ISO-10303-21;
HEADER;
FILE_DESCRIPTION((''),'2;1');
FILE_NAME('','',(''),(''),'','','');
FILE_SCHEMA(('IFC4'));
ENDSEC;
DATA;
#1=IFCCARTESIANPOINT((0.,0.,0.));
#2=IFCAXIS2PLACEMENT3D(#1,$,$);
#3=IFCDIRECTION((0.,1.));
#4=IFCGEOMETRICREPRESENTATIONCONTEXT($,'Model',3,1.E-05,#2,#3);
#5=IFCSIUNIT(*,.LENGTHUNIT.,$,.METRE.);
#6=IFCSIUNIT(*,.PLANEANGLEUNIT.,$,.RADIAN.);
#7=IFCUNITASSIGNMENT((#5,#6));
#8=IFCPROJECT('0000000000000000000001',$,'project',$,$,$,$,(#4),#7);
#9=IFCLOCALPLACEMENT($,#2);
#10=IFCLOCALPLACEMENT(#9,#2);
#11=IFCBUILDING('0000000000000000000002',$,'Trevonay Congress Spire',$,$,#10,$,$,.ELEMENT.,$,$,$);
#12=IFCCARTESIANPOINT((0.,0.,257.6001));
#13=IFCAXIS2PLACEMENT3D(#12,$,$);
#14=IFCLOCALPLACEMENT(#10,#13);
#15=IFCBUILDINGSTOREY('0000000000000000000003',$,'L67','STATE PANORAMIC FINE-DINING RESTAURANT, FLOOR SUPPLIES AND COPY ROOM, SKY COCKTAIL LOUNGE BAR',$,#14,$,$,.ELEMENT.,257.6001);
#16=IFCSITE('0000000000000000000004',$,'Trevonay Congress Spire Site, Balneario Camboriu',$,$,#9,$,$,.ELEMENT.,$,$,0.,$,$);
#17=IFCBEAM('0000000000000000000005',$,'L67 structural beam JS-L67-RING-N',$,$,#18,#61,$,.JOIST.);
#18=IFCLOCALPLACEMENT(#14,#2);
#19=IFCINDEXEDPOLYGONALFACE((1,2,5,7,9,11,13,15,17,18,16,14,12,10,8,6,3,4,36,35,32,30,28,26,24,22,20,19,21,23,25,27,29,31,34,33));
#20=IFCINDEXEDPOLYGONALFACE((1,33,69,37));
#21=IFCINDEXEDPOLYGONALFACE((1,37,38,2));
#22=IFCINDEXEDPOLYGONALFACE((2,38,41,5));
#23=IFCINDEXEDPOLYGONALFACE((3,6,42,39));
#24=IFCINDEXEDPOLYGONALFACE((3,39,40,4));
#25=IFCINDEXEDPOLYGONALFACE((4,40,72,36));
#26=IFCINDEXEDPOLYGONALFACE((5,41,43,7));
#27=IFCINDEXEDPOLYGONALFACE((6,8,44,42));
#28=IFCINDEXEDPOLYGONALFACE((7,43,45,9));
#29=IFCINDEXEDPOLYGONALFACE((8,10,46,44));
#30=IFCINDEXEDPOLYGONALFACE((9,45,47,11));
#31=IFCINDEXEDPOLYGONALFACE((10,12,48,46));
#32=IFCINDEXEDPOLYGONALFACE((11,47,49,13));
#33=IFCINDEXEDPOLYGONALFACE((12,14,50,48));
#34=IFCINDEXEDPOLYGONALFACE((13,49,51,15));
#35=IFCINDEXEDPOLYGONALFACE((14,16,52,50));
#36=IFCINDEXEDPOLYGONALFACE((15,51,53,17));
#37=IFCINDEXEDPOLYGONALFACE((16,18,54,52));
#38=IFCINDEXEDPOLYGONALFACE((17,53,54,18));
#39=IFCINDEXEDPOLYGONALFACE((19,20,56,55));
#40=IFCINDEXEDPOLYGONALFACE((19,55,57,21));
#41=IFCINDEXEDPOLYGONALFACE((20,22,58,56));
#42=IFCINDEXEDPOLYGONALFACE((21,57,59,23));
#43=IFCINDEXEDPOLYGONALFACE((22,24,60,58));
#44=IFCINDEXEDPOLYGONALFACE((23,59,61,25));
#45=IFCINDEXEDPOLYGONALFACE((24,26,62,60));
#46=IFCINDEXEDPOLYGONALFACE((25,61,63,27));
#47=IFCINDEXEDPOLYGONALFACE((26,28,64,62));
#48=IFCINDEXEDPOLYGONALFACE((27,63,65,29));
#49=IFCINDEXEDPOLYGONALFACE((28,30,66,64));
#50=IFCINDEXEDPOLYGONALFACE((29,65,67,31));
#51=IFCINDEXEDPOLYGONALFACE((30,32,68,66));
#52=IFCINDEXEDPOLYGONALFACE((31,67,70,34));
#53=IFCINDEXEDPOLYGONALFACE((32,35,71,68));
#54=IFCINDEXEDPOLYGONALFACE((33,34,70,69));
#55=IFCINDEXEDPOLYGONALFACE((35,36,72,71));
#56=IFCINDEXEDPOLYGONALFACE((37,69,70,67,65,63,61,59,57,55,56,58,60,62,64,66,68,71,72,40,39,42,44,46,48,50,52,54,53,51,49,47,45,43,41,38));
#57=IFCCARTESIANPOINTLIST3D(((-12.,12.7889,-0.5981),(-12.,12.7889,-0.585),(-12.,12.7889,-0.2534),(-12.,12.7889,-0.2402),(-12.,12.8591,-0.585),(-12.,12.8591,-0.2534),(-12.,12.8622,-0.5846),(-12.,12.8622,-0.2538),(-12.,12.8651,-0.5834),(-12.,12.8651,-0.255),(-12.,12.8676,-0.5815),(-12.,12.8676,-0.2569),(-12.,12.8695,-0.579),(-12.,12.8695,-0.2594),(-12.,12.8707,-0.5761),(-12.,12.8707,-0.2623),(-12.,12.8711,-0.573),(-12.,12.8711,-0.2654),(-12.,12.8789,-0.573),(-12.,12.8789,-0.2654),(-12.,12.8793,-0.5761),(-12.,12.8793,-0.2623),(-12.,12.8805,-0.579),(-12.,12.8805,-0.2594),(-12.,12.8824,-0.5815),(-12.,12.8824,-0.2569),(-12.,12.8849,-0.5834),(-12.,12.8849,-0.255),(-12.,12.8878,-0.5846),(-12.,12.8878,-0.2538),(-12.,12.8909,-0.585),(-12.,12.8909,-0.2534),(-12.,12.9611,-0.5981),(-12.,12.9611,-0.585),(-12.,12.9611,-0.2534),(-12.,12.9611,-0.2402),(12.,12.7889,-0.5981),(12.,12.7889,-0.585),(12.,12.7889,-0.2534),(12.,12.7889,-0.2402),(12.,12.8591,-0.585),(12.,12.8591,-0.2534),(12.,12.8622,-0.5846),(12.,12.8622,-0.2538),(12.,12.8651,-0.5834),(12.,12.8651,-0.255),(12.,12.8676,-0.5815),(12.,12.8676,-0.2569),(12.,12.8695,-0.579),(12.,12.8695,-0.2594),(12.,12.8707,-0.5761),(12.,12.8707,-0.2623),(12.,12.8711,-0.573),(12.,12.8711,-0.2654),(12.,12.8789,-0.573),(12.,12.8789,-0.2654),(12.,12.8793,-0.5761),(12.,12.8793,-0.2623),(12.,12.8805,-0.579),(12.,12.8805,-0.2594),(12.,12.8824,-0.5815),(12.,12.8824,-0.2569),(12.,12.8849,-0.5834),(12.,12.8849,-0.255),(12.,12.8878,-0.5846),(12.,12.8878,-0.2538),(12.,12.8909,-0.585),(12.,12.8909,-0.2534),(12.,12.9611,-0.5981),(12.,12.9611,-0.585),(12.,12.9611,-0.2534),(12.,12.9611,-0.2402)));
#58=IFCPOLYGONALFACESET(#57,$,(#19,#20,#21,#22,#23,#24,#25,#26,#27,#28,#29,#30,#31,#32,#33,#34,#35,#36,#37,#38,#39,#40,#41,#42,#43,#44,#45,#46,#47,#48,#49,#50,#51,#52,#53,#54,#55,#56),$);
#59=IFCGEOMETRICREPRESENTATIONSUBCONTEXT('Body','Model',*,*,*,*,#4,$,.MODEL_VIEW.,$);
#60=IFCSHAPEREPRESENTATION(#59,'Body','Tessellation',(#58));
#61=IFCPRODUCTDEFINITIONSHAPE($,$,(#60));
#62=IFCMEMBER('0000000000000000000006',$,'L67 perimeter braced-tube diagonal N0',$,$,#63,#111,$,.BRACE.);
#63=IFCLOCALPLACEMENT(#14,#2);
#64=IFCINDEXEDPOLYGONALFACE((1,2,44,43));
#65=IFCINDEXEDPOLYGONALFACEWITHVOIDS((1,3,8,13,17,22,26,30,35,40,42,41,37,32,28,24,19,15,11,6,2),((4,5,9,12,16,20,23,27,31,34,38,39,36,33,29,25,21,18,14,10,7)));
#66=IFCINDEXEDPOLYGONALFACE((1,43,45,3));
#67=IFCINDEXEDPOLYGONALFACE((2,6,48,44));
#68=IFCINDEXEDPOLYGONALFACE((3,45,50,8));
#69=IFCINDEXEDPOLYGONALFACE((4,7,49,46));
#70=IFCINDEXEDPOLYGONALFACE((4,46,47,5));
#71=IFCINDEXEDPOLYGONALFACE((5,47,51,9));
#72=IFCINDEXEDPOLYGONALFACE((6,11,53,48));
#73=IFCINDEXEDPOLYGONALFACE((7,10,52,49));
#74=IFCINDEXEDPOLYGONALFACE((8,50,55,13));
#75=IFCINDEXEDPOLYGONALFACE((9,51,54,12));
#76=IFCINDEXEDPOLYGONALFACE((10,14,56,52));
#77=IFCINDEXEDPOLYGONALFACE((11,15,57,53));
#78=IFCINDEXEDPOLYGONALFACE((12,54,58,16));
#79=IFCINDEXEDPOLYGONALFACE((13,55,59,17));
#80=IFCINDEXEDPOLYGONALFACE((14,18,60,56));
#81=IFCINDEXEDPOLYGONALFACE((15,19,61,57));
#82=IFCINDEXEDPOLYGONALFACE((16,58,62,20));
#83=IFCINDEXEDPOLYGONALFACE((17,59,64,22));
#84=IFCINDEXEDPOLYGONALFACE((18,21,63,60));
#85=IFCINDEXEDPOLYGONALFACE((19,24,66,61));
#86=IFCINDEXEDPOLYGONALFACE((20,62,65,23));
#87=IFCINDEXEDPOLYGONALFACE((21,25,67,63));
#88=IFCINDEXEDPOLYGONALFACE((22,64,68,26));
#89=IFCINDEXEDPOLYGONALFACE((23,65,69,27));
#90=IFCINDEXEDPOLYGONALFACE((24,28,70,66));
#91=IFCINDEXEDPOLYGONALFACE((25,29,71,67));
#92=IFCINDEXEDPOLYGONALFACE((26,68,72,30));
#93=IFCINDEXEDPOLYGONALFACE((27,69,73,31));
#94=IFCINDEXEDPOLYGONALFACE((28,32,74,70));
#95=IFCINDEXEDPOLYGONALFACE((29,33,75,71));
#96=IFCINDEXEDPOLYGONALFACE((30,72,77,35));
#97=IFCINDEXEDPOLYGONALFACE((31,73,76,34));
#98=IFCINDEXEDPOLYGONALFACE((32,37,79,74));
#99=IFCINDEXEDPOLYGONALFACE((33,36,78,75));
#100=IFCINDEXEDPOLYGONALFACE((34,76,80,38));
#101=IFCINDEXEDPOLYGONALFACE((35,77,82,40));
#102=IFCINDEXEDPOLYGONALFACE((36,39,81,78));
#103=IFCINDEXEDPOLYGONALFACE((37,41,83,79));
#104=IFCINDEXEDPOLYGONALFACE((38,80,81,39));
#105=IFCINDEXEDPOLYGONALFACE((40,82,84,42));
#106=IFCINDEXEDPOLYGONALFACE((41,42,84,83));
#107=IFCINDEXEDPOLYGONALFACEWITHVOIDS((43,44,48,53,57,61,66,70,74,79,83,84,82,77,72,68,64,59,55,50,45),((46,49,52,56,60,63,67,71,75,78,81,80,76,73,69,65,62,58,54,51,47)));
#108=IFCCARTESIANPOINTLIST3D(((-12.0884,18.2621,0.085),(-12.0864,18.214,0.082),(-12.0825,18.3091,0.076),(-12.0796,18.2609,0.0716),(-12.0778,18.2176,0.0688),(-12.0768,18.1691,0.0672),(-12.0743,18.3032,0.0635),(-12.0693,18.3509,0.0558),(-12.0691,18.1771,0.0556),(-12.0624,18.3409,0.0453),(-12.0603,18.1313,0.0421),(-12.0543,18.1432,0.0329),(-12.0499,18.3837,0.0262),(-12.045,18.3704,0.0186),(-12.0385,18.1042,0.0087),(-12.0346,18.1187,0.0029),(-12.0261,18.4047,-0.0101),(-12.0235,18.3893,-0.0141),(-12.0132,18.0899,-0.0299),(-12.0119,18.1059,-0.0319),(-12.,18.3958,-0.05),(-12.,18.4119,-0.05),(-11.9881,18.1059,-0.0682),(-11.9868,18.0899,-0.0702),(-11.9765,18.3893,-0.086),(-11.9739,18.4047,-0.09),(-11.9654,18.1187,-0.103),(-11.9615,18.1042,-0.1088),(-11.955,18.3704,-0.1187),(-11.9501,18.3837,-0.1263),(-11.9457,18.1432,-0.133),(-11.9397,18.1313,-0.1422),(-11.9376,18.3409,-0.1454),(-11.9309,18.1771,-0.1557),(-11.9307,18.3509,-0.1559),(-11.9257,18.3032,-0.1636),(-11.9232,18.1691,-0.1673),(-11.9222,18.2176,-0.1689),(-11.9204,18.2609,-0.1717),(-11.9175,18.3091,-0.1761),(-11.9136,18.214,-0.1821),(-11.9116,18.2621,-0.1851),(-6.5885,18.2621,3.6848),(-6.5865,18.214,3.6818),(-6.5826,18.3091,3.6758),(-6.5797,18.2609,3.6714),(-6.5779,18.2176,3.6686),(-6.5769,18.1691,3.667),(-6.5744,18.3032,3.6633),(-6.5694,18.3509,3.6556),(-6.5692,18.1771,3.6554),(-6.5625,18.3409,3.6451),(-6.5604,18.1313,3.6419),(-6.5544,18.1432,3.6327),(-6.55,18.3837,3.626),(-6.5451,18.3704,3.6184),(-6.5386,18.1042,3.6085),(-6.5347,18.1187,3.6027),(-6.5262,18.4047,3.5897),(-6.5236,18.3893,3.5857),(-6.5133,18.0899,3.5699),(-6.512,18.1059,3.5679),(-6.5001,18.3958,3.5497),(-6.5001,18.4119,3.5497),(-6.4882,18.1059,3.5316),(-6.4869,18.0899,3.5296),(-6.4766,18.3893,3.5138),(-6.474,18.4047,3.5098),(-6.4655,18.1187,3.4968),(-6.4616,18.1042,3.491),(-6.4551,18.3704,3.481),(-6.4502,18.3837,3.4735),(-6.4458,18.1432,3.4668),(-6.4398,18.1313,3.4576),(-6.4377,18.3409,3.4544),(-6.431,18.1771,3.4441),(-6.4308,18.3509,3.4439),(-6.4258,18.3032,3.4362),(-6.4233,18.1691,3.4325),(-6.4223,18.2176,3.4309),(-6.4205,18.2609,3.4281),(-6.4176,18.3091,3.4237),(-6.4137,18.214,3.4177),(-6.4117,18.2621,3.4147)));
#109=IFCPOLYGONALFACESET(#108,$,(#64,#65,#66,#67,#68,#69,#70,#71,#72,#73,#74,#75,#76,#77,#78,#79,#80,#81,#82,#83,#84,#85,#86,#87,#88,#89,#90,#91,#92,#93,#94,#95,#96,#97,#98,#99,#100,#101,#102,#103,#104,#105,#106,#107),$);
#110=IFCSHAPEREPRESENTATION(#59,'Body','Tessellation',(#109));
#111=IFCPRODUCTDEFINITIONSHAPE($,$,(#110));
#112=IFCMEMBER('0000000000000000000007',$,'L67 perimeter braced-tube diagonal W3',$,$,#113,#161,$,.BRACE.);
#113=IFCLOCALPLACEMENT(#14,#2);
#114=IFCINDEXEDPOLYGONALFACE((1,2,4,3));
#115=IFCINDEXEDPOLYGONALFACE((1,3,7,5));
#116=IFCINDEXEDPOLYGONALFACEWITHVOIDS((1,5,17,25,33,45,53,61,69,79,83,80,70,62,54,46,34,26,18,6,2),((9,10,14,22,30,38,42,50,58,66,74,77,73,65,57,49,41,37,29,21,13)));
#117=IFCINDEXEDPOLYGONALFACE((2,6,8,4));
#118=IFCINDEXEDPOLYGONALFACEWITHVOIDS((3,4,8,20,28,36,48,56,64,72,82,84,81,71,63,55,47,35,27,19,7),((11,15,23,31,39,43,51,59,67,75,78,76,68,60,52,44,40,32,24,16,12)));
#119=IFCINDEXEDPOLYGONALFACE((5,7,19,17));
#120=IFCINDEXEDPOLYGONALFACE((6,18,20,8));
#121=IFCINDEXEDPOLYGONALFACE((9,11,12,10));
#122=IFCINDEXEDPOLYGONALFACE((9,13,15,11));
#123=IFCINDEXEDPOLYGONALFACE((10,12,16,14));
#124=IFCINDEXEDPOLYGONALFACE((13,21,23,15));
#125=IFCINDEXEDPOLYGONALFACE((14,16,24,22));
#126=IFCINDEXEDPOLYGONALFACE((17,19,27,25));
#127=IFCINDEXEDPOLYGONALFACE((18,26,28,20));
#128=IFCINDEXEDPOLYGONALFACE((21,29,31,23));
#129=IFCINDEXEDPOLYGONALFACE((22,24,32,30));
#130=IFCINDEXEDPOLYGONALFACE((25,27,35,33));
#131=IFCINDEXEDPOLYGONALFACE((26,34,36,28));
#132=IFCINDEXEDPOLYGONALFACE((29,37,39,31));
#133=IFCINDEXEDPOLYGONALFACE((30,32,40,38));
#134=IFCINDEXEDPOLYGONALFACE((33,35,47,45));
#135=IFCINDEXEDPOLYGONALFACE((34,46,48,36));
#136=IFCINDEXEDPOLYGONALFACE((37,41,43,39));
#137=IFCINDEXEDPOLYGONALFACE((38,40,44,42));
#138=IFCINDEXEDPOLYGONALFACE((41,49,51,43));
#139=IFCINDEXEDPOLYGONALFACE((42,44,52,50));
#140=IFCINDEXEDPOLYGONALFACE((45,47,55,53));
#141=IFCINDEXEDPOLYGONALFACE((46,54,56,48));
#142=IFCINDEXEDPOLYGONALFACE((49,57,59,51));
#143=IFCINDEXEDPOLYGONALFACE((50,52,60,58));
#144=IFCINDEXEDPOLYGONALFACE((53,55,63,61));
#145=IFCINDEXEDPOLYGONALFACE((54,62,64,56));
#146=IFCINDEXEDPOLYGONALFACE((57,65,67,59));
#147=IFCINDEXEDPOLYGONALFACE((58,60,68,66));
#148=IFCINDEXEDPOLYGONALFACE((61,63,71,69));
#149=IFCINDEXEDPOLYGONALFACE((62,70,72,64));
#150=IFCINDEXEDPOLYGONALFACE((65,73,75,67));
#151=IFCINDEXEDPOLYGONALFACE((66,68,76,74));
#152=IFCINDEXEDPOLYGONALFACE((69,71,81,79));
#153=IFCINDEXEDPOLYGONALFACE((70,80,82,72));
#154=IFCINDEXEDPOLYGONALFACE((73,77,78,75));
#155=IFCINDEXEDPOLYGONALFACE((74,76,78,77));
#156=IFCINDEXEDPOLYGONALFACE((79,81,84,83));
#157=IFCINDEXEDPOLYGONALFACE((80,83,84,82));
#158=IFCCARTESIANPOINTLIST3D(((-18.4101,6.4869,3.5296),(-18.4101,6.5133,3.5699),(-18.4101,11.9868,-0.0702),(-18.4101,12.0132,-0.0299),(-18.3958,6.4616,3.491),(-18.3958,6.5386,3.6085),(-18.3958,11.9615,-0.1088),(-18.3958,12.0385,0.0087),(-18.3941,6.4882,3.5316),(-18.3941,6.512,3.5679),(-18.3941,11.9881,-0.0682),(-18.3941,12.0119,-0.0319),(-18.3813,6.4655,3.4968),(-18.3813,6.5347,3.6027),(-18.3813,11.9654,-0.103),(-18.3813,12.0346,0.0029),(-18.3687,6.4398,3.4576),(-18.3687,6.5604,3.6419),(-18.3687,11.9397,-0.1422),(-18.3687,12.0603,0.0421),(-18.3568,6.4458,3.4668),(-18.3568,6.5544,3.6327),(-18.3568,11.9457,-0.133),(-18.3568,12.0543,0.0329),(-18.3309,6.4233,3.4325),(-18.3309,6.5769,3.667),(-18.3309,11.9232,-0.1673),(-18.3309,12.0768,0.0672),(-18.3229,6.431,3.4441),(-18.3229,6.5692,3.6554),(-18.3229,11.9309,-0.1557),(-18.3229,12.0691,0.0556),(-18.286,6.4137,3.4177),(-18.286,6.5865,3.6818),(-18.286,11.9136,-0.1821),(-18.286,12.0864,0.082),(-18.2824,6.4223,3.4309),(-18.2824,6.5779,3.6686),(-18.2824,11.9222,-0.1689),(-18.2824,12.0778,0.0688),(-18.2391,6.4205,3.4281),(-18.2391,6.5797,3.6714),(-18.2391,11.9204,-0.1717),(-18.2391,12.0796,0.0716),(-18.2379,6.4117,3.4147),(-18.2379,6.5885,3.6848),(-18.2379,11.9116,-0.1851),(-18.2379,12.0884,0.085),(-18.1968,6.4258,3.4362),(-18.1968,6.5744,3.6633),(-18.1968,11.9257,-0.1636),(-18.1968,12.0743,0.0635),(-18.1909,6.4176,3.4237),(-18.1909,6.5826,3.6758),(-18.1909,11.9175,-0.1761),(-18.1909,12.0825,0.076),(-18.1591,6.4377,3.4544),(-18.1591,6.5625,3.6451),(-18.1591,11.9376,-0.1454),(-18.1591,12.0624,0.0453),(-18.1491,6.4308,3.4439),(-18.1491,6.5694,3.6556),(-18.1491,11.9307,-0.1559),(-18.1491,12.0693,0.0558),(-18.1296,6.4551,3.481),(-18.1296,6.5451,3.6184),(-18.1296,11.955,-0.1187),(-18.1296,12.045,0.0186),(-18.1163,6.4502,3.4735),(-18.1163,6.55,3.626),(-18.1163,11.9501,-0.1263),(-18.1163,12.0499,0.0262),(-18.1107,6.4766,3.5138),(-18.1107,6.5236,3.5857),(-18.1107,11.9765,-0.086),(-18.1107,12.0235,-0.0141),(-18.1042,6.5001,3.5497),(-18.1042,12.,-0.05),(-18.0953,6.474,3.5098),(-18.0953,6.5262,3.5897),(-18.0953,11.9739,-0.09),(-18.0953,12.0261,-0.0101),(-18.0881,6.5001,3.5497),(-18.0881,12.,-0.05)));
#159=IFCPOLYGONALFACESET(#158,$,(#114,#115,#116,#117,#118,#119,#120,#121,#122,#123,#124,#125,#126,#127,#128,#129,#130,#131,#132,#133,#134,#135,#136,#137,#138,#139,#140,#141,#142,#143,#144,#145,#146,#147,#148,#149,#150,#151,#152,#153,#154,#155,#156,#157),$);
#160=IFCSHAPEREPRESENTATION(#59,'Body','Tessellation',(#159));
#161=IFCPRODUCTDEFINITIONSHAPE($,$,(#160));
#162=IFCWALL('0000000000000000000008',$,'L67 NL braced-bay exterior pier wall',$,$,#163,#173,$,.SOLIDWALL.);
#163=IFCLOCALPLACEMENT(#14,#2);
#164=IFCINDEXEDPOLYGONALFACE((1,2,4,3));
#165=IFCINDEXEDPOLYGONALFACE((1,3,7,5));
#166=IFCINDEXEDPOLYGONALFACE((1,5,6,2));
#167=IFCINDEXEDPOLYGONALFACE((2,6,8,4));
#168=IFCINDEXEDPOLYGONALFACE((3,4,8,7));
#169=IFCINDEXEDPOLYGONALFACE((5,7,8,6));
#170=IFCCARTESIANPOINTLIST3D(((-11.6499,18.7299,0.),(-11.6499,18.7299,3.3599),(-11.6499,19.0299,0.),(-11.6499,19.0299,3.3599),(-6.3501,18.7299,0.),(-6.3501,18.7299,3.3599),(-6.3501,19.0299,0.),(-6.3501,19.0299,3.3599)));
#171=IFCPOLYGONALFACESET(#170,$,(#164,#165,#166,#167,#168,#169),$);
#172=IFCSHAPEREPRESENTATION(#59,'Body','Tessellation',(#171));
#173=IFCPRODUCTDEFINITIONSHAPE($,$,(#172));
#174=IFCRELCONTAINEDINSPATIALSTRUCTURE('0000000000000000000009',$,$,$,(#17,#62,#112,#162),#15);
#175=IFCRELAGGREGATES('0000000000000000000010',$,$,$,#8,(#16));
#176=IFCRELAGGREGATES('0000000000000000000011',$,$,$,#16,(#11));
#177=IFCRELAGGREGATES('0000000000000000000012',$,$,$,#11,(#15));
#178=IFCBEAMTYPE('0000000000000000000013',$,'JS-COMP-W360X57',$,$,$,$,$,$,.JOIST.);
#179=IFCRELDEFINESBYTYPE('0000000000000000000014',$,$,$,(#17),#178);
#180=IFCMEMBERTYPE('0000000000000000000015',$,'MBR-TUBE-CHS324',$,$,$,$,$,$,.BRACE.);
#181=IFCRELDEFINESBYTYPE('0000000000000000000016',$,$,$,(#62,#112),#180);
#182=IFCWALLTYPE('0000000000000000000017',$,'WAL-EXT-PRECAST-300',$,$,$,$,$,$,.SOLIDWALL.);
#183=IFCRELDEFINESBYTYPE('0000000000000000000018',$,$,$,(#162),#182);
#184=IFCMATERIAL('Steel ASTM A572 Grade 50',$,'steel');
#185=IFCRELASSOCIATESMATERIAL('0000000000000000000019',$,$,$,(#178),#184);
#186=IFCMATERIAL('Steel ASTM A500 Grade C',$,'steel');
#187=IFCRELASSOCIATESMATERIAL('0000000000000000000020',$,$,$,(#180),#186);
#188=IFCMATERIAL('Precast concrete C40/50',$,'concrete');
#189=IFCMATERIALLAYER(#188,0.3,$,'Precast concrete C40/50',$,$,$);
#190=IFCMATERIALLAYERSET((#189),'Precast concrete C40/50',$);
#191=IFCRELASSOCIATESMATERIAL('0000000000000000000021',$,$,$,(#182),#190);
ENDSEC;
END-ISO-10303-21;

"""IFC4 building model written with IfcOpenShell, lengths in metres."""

from ifc_helpers import new_model, si_unit, direction, frame, frame_2d, origin, origin_2d, place, context, subcontext, project, spatial, rectangle, hollow_circle, i_section, extrude, material, layer, layer_set, material_profile, profile_set, type_object, element, save


model = new_model("IFC4")

# Units and contexts
model_context = context("Model", 3, precision=1e-05, world=origin(), true_north=direction((0.0, 1.0)))
body_context = subcontext(model_context, "Body", "Model", "MODEL_VIEW")
ifc_project = project(units=[si_unit("LENGTHUNIT", "METRE"), si_unit("PLANEANGLEUNIT", "RADIAN")], contexts=[model_context])

# Site, building, storey
site_placement = place(None, origin())
site = spatial("IfcSite", under=ifc_project, at=site_placement, Name="Trevonay Congress Spire Site, Balneario Camboriu", CompositionType="ELEMENT", RefElevation=0.0)
building_placement = place(site_placement, origin())
building = spatial("IfcBuilding", under=site, at=building_placement, Name="Trevonay Congress Spire", CompositionType="ELEMENT")
storey_placement = place(building_placement, frame((0.0, 0.0, 257.6001)))
storey = spatial("IfcBuildingStorey", under=building, at=storey_placement, Name="L67", Description="STATE PANORAMIC FINE-DINING RESTAURANT, FLOOR SUPPLIES AND COPY ROOM, SKY COCKTAIL LOUNGE BAR", CompositionType="ELEMENT", Elevation=257.6001)

# Shared definitions
ifc_material_1 = material(Name="Steel ASTM A572 Grade 50", Category="steel")

# Beam
ifc_material_profile_1 = material_profile(ifc_material_1, i_section(OverallWidth=0.1721, OverallDepth=0.3579, WebThickness=0.0078, FlangeThickness=0.0132, FilletRadius=0.012, at=origin_2d()), Name="W360x57.8")
ifc_profile_set_1 = profile_set([ifc_material_profile_1], Name="Steel ASTM A572 Grade 50")
beam_type_1 = type_object("IfcBeamType", Name="JS-COMP-W360X57", PredefinedType="JOIST", material=ifc_profile_set_1)
beam_1_placement = place(storey_placement, frame((-12.0, 12.875, -0.4192), z_axis=(1.0, 0.0, 0.0), x_axis=(0.0, 1.0, 0.0)))
element("IfcBeam", 1, at=beam_1_placement, inside=storey, type_object=beam_type_1, Name="L67 structural beam JS-L67-RING-N", PredefinedType="JOIST", context=body_context, shape_type="SweptSolid", body=[
    extrude(i_section(OverallWidth=0.1721, OverallDepth=0.3579, WebThickness=0.0078, FlangeThickness=0.0132, FilletRadius=0.012, at=origin_2d()), origin(), (0.0, 0.0, 1.0), 24.0),
])

# Members
ifc_material_2 = material(Name="Steel ASTM A500 Grade C", Category="steel")
ifc_material_profile_2 = material_profile(ifc_material_2, hollow_circle(Radius=0.1619, WallThickness=0.0161, at=origin_2d()), Name="CHS 323.9x16")
ifc_profile_set_2 = profile_set([ifc_material_profile_2], Name="Steel ASTM A500 Grade C")
member_type = type_object("IfcMemberType", Name="MBR-TUBE-CHS324", PredefinedType="BRACE", material=ifc_profile_set_2)
for number, where, z_axis, x_axis, name in (
    (2, (-12.0, 18.25, -0.05), (0.836712, 0.0, 0.547644), (0.0, 1.0, 0.0), "L67 perimeter braced-tube diagonal N0"),
    (3, (-18.25, 12.0, -0.05), (0.0, -0.836712, 0.547644), (1.0, 0.0, 0.0), "L67 perimeter braced-tube diagonal W3"),
):
    element("IfcMember", number, at=place(storey_placement, frame(where, z_axis=z_axis, x_axis=x_axis)), inside=storey, type_object=member_type, Name=name, PredefinedType="BRACE", context=body_context, shape_type="SweptSolid", body=[
        extrude(hollow_circle(Radius=0.1619, WallThickness=0.0161, at=origin_2d()), origin(), (0.0, 0.0, 1.0), 6.5732),
    ])

# Wall
ifc_material_3 = material(Name="Precast concrete C40/50", Category="concrete")
ifc_layer_1 = layer(ifc_material_3, 0.3, Name="Precast concrete C40/50")
ifc_layer_set_1 = layer_set([ifc_layer_1], Name="Precast concrete C40/50")
wall_type_1 = type_object("IfcWallType", Name="WAL-EXT-PRECAST-300", PredefinedType="SOLIDWALL", material=ifc_layer_set_1)
wall_1_placement = place(storey_placement, frame((-11.6499, 18.8799, 0.0), z_axis=(0.0, 0.0, 1.0), x_axis=(1.0, 0.0, 0.0)))
element("IfcWall", 4, at=wall_1_placement, inside=storey, type_object=wall_type_1, Name="L67 NL braced-bay exterior pier wall", PredefinedType="SOLIDWALL", context=body_context, shape_type="SweptSolid", body=[
    extrude(rectangle(XDim=5.2998, YDim=0.3, at=frame_2d((2.6499, 0.0))), origin(), (0.0, 0.0, 1.0), 3.3599),
])

save(model, "model.ifc")
